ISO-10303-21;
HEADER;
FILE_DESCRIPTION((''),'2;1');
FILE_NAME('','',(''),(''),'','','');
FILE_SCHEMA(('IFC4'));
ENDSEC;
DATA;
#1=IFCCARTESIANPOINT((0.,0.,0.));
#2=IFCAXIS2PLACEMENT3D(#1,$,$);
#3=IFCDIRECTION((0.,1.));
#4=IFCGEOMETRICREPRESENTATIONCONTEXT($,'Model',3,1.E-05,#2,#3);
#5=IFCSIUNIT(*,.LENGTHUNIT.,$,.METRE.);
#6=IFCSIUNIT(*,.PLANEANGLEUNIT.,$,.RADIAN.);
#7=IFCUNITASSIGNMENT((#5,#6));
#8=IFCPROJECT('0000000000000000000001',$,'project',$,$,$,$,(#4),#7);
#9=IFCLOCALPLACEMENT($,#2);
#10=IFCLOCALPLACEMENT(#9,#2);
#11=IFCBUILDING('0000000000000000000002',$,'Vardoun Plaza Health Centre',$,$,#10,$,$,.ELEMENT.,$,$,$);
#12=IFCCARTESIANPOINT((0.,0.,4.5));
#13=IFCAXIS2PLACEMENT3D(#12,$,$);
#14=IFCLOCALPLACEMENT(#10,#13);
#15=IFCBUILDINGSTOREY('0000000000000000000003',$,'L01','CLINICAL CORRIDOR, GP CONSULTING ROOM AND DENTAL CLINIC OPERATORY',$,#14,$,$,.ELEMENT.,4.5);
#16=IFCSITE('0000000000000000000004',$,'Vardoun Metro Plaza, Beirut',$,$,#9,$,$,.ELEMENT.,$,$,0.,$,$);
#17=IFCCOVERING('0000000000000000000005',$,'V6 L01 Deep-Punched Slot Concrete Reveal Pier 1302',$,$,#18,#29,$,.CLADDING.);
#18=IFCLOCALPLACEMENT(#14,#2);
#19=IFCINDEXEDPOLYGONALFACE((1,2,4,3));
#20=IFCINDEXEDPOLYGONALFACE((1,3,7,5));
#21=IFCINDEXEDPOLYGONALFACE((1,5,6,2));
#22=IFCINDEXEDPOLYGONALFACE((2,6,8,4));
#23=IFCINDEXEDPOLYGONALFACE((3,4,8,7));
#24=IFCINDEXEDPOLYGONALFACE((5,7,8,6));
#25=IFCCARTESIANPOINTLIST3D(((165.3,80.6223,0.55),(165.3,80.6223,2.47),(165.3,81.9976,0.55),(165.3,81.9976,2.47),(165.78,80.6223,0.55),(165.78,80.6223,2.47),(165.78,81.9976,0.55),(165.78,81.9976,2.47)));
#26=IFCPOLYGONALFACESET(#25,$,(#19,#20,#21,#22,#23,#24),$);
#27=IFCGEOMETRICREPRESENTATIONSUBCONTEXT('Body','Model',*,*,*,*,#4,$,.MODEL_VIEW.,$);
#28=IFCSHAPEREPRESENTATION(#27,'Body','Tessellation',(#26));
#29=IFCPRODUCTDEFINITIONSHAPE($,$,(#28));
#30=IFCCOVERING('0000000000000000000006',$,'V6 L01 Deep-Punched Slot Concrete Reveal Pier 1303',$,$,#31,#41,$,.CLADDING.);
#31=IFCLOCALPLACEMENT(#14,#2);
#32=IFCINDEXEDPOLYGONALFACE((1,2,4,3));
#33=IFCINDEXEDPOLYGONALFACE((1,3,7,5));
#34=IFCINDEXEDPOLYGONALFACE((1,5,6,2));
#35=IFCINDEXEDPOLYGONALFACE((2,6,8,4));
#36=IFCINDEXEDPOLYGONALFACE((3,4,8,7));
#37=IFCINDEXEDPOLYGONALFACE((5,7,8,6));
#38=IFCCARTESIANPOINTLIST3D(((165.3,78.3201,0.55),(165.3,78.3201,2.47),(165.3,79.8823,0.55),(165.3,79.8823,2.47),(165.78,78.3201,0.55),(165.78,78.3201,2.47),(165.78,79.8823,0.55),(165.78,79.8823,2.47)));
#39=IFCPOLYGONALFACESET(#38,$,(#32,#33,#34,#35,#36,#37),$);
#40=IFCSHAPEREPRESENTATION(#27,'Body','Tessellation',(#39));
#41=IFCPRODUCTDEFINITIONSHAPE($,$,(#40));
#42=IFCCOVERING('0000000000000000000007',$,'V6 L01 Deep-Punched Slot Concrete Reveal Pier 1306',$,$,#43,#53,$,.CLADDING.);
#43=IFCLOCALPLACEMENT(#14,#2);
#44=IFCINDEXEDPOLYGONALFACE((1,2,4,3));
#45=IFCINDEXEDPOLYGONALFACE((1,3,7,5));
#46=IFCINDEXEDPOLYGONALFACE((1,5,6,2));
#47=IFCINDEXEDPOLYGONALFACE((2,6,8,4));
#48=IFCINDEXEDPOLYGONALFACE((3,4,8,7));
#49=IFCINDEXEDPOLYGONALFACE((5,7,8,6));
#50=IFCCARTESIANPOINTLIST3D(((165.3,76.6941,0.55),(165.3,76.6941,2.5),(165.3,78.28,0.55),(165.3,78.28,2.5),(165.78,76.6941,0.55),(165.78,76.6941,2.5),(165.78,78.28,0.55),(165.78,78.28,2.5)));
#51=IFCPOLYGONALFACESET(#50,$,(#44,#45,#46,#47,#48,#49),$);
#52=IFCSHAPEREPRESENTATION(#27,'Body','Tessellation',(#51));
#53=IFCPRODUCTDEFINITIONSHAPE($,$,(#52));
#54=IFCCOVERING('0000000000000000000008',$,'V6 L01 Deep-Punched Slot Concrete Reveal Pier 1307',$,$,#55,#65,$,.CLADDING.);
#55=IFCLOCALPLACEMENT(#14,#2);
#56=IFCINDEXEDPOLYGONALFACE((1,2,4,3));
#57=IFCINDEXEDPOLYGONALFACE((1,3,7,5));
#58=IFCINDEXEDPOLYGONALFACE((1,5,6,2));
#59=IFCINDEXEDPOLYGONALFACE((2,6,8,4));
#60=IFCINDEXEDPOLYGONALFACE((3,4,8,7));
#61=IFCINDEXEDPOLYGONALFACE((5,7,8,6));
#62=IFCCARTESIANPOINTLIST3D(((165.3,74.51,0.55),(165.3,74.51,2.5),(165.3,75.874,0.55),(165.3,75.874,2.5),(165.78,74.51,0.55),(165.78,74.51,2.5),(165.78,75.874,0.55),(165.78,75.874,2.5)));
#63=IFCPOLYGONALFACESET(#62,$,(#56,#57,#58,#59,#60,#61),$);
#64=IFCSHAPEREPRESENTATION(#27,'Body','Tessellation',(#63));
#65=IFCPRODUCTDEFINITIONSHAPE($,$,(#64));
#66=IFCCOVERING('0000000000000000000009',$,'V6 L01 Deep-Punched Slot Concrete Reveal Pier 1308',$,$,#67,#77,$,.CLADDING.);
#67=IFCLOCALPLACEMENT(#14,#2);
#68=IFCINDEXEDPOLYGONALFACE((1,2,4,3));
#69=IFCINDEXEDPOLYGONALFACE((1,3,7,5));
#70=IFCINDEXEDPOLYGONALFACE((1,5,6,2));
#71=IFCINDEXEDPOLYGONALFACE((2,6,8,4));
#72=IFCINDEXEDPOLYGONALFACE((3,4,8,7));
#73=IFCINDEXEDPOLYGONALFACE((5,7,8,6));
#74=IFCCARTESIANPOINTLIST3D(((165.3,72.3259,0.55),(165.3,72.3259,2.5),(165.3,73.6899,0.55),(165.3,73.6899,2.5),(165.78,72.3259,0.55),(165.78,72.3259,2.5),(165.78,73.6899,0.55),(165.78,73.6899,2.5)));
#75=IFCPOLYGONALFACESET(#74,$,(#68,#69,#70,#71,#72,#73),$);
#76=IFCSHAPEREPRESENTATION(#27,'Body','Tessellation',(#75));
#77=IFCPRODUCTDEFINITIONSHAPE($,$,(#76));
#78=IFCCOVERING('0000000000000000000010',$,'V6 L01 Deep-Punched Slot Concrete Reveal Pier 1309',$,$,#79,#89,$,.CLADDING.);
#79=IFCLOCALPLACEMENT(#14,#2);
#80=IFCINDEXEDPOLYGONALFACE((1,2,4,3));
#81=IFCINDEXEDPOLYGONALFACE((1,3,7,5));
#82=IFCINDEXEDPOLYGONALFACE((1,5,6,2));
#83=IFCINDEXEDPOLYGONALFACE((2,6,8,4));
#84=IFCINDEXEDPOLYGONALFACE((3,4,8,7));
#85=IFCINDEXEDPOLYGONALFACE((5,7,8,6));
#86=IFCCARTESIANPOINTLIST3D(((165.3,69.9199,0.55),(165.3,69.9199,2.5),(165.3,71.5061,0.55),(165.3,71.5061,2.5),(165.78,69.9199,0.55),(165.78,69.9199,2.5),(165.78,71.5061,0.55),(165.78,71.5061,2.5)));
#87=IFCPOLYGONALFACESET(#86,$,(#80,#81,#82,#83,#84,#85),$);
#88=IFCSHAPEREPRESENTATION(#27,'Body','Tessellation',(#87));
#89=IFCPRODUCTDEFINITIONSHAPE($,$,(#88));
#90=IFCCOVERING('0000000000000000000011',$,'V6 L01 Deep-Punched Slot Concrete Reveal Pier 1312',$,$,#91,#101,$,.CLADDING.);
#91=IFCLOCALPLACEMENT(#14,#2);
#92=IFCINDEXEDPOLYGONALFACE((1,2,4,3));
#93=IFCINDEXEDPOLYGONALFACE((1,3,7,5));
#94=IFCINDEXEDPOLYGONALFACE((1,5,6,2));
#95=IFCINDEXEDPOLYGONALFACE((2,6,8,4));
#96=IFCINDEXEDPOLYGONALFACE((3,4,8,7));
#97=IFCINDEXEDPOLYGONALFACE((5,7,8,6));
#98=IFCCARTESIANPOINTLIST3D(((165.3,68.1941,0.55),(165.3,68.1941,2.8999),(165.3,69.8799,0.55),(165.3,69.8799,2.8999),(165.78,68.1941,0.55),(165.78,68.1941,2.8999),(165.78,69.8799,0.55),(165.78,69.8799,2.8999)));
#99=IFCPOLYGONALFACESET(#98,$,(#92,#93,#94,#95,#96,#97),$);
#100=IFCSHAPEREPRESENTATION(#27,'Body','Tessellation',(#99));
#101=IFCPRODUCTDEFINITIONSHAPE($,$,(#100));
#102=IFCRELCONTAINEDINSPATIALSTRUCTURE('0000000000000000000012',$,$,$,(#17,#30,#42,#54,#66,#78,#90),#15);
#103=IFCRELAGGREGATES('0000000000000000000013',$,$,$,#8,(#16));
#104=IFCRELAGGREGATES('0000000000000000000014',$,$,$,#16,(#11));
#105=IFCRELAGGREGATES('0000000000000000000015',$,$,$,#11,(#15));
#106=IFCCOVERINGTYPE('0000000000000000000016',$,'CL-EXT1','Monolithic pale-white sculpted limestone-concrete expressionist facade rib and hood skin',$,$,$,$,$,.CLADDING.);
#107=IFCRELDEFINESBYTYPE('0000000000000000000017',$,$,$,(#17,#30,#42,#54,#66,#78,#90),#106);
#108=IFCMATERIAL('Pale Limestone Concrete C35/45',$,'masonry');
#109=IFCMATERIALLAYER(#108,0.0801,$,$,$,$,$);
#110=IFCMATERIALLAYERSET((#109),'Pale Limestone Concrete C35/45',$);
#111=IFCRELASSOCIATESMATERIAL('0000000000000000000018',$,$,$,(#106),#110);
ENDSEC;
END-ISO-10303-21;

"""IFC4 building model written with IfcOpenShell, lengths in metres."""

from ifc_helpers import new_model, si_unit, direction, frame, origin, place, context, subcontext, project, spatial, polyline, outline, extrude, material, layer, layer_set, type_object, element, save


model = new_model("IFC4")

# Units and contexts
model_context = context("Model", 3, precision=1e-05, world=origin(), true_north=direction((0.0, 1.0)))
body_context = subcontext(model_context, "Body", "Model", "MODEL_VIEW")
ifc_project = project(units=[si_unit("LENGTHUNIT", "METRE"), si_unit("PLANEANGLEUNIT", "RADIAN")], contexts=[model_context])

# Site, building, storey
site_placement = place(None, origin())
site = spatial("IfcSite", under=ifc_project, at=site_placement, Name="Vardoun Metro Plaza, Beirut", CompositionType="ELEMENT", RefElevation=0.0)
building_placement = place(site_placement, origin())
building = spatial("IfcBuilding", under=site, at=building_placement, Name="Vardoun Plaza Health Centre", CompositionType="ELEMENT")
storey_placement = place(building_placement, frame((0.0, 0.0, 4.5)))
storey = spatial("IfcBuildingStorey", under=building, at=storey_placement, Name="L01", Description="CLINICAL CORRIDOR, GP CONSULTING ROOM AND DENTAL CLINIC OPERATORY", CompositionType="ELEMENT", Elevation=4.5)

# Coverings
ifc_material = material(Name="Pale Limestone Concrete C35/45", Category="masonry")
ifc_layer = layer(ifc_material, 0.0801)
ifc_layer_set = layer_set([ifc_layer], Name="Pale Limestone Concrete C35/45")
covering_type = type_object("IfcCoveringType", Name="CL-EXT1", Description="Monolithic pale-white sculpted limestone-concrete expressionist facade rib and hood skin", PredefinedType="CLADDING", material=ifc_layer_set)
covering_1_placement = place(storey_placement, frame((0.0, 0.0, 0.55)))
element("IfcCovering", 1, at=covering_1_placement, inside=storey, type_object=covering_type, Name="V6 L01 Deep-Punched Slot Concrete Reveal Pier 1302", PredefinedType="CLADDING", context=body_context, shape_type="SweptSolid", body=[
    extrude(outline(polyline([(165.3, 81.9976), (165.3, 80.6223), (165.78, 80.6223), (165.78, 81.9976), (165.3, 81.9976)])), origin(), (0.0, 0.0, 1.0), 1.9199),
])
covering_2_placement = place(storey_placement, frame((0.0, 0.0, 0.55)))
element("IfcCovering", 2, at=covering_2_placement, inside=storey, type_object=covering_type, Name="V6 L01 Deep-Punched Slot Concrete Reveal Pier 1303", PredefinedType="CLADDING", context=body_context, shape_type="SweptSolid", body=[
    extrude(outline(polyline([(165.3, 79.8823), (165.3, 78.3201), (165.78, 78.3201), (165.78, 79.8823), (165.3, 79.8823)])), origin(), (0.0, 0.0, 1.0), 1.9199),
])
covering_3_placement = place(storey_placement, frame((0.0, 0.0, 0.55)))
element("IfcCovering", 3, at=covering_3_placement, inside=storey, type_object=covering_type, Name="V6 L01 Deep-Punched Slot Concrete Reveal Pier 1306", PredefinedType="CLADDING", context=body_context, shape_type="SweptSolid", body=[
    extrude(outline(polyline([(165.3, 78.28), (165.3, 76.6941), (165.78, 76.6941), (165.78, 78.28), (165.3, 78.28)])), origin(), (0.0, 0.0, 1.0), 1.95),
])
covering_4_placement = place(storey_placement, frame((0.0, 0.0, 0.55)))
element("IfcCovering", 4, at=covering_4_placement, inside=storey, type_object=covering_type, Name="V6 L01 Deep-Punched Slot Concrete Reveal Pier 1307", PredefinedType="CLADDING", context=body_context, shape_type="SweptSolid", body=[
    extrude(outline(polyline([(165.3, 75.874), (165.3, 74.51), (165.78, 74.51), (165.78, 75.874), (165.3, 75.874)])), origin(), (0.0, 0.0, 1.0), 1.95),
])
covering_5_placement = place(storey_placement, frame((0.0, 0.0, 0.55)))
element("IfcCovering", 5, at=covering_5_placement, inside=storey, type_object=covering_type, Name="V6 L01 Deep-Punched Slot Concrete Reveal Pier 1308", PredefinedType="CLADDING", context=body_context, shape_type="SweptSolid", body=[
    extrude(outline(polyline([(165.3, 73.6899), (165.3, 72.3259), (165.78, 72.3259), (165.78, 73.6899), (165.3, 73.6899)])), origin(), (0.0, 0.0, 1.0), 1.95),
])
covering_6_placement = place(storey_placement, frame((0.0, 0.0, 0.55)))
element("IfcCovering", 6, at=covering_6_placement, inside=storey, type_object=covering_type, Name="V6 L01 Deep-Punched Slot Concrete Reveal Pier 1309", PredefinedType="CLADDING", context=body_context, shape_type="SweptSolid", body=[
    extrude(outline(polyline([(165.3, 71.5061), (165.3, 69.9199), (165.78, 69.9199), (165.78, 71.5061), (165.3, 71.5061)])), origin(), (0.0, 0.0, 1.0), 1.95),
])
covering_7_placement = place(storey_placement, frame((0.0, 0.0, 0.55)))
element("IfcCovering", 7, at=covering_7_placement, inside=storey, type_object=covering_type, Name="V6 L01 Deep-Punched Slot Concrete Reveal Pier 1312", PredefinedType="CLADDING", context=body_context, shape_type="SweptSolid", body=[
    extrude(outline(polyline([(165.3, 69.8799), (165.3, 68.1941), (165.78, 68.1941), (165.78, 69.8799), (165.3, 69.8799)])), origin(), (0.0, 0.0, 1.0), 2.3499),
])

save(model, "model.ifc")
